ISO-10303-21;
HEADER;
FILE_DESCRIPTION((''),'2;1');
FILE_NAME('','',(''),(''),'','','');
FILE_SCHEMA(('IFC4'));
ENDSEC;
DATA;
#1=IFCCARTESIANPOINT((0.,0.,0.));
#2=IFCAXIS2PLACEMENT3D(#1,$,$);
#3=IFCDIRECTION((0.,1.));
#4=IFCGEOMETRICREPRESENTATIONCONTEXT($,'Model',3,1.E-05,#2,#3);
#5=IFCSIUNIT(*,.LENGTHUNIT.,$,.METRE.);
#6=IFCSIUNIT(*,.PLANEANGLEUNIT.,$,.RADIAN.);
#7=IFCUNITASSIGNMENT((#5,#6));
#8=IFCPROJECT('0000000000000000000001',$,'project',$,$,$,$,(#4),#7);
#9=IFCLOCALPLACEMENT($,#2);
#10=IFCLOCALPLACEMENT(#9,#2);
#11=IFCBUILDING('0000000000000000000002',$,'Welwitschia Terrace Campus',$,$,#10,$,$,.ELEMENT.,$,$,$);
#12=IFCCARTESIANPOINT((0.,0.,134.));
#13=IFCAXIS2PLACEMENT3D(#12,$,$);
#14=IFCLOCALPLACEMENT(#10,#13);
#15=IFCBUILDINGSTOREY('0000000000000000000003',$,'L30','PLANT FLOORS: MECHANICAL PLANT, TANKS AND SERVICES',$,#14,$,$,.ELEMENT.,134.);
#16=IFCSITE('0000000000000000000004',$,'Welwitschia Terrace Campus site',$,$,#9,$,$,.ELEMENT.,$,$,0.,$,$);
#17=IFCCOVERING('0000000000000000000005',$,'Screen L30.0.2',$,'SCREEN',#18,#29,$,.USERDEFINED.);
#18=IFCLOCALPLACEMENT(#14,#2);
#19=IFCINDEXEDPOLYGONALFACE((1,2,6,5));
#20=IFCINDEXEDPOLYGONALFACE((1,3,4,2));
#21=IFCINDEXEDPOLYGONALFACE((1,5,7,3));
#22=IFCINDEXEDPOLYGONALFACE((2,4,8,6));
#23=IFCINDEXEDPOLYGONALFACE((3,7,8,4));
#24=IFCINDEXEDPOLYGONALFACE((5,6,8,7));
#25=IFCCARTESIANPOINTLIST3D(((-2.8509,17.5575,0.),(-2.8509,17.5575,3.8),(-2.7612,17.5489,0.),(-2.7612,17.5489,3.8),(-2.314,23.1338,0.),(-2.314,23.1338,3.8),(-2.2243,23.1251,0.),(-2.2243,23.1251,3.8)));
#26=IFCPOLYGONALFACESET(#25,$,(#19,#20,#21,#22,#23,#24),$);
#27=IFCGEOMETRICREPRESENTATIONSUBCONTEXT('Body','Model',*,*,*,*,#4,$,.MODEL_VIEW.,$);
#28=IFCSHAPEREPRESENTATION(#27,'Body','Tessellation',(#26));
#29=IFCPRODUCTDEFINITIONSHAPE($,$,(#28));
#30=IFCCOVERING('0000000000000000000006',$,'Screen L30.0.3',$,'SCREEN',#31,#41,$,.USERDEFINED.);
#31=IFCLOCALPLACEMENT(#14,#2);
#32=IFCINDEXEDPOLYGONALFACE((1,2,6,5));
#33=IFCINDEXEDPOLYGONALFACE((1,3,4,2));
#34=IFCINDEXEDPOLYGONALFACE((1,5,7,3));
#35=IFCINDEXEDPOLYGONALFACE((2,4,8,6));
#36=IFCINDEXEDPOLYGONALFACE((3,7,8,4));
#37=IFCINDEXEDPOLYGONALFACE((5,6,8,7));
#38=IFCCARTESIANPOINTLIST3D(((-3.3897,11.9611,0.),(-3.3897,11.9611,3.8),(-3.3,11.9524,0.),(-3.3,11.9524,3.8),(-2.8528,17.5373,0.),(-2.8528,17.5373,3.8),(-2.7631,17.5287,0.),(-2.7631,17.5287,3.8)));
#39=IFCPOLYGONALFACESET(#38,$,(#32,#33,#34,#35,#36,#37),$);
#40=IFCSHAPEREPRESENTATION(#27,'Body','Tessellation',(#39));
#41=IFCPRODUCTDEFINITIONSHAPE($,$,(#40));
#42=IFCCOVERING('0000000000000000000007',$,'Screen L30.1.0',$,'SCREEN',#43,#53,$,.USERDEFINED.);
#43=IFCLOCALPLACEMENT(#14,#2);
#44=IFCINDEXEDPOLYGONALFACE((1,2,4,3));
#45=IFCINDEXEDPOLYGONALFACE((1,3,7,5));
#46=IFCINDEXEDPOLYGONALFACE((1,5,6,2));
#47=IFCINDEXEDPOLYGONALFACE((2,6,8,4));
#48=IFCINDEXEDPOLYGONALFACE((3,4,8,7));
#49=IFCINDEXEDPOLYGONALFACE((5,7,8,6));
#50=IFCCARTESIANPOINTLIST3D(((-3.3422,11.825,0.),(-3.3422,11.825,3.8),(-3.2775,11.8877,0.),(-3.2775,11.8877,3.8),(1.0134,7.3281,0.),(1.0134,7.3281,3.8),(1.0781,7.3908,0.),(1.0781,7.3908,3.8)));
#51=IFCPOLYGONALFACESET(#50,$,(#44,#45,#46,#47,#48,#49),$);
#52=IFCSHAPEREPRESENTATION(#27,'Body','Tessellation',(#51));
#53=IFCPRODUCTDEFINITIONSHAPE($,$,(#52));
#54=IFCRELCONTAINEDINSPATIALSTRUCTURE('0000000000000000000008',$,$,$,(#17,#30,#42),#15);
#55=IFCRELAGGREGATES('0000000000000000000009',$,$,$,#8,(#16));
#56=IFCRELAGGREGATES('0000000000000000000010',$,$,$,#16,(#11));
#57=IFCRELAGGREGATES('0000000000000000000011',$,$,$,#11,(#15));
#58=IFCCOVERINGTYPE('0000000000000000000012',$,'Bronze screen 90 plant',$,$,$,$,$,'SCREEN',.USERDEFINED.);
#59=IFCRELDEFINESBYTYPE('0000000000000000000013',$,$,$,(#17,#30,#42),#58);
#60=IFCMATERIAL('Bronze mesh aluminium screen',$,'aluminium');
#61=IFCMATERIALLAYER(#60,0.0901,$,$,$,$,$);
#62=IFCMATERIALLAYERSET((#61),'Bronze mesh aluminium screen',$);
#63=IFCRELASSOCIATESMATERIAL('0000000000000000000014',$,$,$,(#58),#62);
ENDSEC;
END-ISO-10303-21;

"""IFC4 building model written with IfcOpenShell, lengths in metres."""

from ifc_helpers import new_model, si_unit, direction, frame, origin, origin_2d, place, context, subcontext, project, spatial, rectangle, extrude, material, layer, layer_set, type_object, element, save


model = new_model("IFC4")

# Units and contexts
model_context = context("Model", 3, precision=1e-05, world=origin(), true_north=direction((0.0, 1.0)))
body_context = subcontext(model_context, "Body", "Model", "MODEL_VIEW")
ifc_project = project(units=[si_unit("LENGTHUNIT", "METRE"), si_unit("PLANEANGLEUNIT", "RADIAN")], contexts=[model_context])

# Site, building, storey
site_placement = place(None, origin())
site = spatial("IfcSite", under=ifc_project, at=site_placement, Name="Welwitschia Terrace Campus site", CompositionType="ELEMENT", RefElevation=0.0)
building_placement = place(site_placement, origin())
building = spatial("IfcBuilding", under=site, at=building_placement, Name="Welwitschia Terrace Campus", CompositionType="ELEMENT")
storey_placement = place(building_placement, frame((0.0, 0.0, 134.0)))
storey = spatial("IfcBuildingStorey", under=building, at=storey_placement, Name="L30", Description="PLANT FLOORS: MECHANICAL PLANT, TANKS AND SERVICES", CompositionType="ELEMENT", Elevation=134.0)

# Coverings
ifc_material_1 = material(Name="Bronze mesh aluminium screen", Category="aluminium")
ifc_layer_1 = layer(ifc_material_1, 0.0901)
ifc_layer_set_1 = layer_set([ifc_layer_1], Name="Bronze mesh aluminium screen")
covering_type = type_object("IfcCoveringType", Name="Bronze screen 90 plant", ElementType="SCREEN", PredefinedType="USERDEFINED", material=ifc_layer_set_1)
for number, where, z_axis, x_axis, name in (
    (1, (-2.5376, 20.3413, 0.0), (0.0, 0.0, 1.0), (-0.095846, -0.995396, 0.0), "Screen L30.0.2"),
    (2, (-3.0764, 14.7449, 0.0), (0.0, 0.0, 1.0), (-0.095846, -0.995396, 0.0), "Screen L30.0.3"),
):
    element("IfcCovering", number, at=place(storey_placement, frame(where, z_axis=z_axis, x_axis=x_axis)), inside=storey, type_object=covering_type, Name=name, ObjectType="SCREEN", PredefinedType="USERDEFINED", context=body_context, shape_type="SweptSolid", body=[
        extrude(rectangle(XDim=5.6021, YDim=0.0901, at=origin_2d()), origin(), (0.0, 0.0, 1.0), 3.8),
    ])
covering_placement = place(storey_placement, frame((-1.1321, 9.6079, 0.0), z_axis=(0.0, 0.0, 1.0), x_axis=(0.695727, -0.718306, 0.0)))
element("IfcCovering", 3, at=covering_placement, inside=storey, type_object=covering_type, Name="Screen L30.1.0", ObjectType="SCREEN", PredefinedType="USERDEFINED", context=body_context, shape_type="SweptSolid", body=[
    extrude(rectangle(XDim=6.2605, YDim=0.0901, at=origin_2d()), origin(), (0.0, 0.0, 1.0), 3.8),
])

save(model, "model.ifc")
